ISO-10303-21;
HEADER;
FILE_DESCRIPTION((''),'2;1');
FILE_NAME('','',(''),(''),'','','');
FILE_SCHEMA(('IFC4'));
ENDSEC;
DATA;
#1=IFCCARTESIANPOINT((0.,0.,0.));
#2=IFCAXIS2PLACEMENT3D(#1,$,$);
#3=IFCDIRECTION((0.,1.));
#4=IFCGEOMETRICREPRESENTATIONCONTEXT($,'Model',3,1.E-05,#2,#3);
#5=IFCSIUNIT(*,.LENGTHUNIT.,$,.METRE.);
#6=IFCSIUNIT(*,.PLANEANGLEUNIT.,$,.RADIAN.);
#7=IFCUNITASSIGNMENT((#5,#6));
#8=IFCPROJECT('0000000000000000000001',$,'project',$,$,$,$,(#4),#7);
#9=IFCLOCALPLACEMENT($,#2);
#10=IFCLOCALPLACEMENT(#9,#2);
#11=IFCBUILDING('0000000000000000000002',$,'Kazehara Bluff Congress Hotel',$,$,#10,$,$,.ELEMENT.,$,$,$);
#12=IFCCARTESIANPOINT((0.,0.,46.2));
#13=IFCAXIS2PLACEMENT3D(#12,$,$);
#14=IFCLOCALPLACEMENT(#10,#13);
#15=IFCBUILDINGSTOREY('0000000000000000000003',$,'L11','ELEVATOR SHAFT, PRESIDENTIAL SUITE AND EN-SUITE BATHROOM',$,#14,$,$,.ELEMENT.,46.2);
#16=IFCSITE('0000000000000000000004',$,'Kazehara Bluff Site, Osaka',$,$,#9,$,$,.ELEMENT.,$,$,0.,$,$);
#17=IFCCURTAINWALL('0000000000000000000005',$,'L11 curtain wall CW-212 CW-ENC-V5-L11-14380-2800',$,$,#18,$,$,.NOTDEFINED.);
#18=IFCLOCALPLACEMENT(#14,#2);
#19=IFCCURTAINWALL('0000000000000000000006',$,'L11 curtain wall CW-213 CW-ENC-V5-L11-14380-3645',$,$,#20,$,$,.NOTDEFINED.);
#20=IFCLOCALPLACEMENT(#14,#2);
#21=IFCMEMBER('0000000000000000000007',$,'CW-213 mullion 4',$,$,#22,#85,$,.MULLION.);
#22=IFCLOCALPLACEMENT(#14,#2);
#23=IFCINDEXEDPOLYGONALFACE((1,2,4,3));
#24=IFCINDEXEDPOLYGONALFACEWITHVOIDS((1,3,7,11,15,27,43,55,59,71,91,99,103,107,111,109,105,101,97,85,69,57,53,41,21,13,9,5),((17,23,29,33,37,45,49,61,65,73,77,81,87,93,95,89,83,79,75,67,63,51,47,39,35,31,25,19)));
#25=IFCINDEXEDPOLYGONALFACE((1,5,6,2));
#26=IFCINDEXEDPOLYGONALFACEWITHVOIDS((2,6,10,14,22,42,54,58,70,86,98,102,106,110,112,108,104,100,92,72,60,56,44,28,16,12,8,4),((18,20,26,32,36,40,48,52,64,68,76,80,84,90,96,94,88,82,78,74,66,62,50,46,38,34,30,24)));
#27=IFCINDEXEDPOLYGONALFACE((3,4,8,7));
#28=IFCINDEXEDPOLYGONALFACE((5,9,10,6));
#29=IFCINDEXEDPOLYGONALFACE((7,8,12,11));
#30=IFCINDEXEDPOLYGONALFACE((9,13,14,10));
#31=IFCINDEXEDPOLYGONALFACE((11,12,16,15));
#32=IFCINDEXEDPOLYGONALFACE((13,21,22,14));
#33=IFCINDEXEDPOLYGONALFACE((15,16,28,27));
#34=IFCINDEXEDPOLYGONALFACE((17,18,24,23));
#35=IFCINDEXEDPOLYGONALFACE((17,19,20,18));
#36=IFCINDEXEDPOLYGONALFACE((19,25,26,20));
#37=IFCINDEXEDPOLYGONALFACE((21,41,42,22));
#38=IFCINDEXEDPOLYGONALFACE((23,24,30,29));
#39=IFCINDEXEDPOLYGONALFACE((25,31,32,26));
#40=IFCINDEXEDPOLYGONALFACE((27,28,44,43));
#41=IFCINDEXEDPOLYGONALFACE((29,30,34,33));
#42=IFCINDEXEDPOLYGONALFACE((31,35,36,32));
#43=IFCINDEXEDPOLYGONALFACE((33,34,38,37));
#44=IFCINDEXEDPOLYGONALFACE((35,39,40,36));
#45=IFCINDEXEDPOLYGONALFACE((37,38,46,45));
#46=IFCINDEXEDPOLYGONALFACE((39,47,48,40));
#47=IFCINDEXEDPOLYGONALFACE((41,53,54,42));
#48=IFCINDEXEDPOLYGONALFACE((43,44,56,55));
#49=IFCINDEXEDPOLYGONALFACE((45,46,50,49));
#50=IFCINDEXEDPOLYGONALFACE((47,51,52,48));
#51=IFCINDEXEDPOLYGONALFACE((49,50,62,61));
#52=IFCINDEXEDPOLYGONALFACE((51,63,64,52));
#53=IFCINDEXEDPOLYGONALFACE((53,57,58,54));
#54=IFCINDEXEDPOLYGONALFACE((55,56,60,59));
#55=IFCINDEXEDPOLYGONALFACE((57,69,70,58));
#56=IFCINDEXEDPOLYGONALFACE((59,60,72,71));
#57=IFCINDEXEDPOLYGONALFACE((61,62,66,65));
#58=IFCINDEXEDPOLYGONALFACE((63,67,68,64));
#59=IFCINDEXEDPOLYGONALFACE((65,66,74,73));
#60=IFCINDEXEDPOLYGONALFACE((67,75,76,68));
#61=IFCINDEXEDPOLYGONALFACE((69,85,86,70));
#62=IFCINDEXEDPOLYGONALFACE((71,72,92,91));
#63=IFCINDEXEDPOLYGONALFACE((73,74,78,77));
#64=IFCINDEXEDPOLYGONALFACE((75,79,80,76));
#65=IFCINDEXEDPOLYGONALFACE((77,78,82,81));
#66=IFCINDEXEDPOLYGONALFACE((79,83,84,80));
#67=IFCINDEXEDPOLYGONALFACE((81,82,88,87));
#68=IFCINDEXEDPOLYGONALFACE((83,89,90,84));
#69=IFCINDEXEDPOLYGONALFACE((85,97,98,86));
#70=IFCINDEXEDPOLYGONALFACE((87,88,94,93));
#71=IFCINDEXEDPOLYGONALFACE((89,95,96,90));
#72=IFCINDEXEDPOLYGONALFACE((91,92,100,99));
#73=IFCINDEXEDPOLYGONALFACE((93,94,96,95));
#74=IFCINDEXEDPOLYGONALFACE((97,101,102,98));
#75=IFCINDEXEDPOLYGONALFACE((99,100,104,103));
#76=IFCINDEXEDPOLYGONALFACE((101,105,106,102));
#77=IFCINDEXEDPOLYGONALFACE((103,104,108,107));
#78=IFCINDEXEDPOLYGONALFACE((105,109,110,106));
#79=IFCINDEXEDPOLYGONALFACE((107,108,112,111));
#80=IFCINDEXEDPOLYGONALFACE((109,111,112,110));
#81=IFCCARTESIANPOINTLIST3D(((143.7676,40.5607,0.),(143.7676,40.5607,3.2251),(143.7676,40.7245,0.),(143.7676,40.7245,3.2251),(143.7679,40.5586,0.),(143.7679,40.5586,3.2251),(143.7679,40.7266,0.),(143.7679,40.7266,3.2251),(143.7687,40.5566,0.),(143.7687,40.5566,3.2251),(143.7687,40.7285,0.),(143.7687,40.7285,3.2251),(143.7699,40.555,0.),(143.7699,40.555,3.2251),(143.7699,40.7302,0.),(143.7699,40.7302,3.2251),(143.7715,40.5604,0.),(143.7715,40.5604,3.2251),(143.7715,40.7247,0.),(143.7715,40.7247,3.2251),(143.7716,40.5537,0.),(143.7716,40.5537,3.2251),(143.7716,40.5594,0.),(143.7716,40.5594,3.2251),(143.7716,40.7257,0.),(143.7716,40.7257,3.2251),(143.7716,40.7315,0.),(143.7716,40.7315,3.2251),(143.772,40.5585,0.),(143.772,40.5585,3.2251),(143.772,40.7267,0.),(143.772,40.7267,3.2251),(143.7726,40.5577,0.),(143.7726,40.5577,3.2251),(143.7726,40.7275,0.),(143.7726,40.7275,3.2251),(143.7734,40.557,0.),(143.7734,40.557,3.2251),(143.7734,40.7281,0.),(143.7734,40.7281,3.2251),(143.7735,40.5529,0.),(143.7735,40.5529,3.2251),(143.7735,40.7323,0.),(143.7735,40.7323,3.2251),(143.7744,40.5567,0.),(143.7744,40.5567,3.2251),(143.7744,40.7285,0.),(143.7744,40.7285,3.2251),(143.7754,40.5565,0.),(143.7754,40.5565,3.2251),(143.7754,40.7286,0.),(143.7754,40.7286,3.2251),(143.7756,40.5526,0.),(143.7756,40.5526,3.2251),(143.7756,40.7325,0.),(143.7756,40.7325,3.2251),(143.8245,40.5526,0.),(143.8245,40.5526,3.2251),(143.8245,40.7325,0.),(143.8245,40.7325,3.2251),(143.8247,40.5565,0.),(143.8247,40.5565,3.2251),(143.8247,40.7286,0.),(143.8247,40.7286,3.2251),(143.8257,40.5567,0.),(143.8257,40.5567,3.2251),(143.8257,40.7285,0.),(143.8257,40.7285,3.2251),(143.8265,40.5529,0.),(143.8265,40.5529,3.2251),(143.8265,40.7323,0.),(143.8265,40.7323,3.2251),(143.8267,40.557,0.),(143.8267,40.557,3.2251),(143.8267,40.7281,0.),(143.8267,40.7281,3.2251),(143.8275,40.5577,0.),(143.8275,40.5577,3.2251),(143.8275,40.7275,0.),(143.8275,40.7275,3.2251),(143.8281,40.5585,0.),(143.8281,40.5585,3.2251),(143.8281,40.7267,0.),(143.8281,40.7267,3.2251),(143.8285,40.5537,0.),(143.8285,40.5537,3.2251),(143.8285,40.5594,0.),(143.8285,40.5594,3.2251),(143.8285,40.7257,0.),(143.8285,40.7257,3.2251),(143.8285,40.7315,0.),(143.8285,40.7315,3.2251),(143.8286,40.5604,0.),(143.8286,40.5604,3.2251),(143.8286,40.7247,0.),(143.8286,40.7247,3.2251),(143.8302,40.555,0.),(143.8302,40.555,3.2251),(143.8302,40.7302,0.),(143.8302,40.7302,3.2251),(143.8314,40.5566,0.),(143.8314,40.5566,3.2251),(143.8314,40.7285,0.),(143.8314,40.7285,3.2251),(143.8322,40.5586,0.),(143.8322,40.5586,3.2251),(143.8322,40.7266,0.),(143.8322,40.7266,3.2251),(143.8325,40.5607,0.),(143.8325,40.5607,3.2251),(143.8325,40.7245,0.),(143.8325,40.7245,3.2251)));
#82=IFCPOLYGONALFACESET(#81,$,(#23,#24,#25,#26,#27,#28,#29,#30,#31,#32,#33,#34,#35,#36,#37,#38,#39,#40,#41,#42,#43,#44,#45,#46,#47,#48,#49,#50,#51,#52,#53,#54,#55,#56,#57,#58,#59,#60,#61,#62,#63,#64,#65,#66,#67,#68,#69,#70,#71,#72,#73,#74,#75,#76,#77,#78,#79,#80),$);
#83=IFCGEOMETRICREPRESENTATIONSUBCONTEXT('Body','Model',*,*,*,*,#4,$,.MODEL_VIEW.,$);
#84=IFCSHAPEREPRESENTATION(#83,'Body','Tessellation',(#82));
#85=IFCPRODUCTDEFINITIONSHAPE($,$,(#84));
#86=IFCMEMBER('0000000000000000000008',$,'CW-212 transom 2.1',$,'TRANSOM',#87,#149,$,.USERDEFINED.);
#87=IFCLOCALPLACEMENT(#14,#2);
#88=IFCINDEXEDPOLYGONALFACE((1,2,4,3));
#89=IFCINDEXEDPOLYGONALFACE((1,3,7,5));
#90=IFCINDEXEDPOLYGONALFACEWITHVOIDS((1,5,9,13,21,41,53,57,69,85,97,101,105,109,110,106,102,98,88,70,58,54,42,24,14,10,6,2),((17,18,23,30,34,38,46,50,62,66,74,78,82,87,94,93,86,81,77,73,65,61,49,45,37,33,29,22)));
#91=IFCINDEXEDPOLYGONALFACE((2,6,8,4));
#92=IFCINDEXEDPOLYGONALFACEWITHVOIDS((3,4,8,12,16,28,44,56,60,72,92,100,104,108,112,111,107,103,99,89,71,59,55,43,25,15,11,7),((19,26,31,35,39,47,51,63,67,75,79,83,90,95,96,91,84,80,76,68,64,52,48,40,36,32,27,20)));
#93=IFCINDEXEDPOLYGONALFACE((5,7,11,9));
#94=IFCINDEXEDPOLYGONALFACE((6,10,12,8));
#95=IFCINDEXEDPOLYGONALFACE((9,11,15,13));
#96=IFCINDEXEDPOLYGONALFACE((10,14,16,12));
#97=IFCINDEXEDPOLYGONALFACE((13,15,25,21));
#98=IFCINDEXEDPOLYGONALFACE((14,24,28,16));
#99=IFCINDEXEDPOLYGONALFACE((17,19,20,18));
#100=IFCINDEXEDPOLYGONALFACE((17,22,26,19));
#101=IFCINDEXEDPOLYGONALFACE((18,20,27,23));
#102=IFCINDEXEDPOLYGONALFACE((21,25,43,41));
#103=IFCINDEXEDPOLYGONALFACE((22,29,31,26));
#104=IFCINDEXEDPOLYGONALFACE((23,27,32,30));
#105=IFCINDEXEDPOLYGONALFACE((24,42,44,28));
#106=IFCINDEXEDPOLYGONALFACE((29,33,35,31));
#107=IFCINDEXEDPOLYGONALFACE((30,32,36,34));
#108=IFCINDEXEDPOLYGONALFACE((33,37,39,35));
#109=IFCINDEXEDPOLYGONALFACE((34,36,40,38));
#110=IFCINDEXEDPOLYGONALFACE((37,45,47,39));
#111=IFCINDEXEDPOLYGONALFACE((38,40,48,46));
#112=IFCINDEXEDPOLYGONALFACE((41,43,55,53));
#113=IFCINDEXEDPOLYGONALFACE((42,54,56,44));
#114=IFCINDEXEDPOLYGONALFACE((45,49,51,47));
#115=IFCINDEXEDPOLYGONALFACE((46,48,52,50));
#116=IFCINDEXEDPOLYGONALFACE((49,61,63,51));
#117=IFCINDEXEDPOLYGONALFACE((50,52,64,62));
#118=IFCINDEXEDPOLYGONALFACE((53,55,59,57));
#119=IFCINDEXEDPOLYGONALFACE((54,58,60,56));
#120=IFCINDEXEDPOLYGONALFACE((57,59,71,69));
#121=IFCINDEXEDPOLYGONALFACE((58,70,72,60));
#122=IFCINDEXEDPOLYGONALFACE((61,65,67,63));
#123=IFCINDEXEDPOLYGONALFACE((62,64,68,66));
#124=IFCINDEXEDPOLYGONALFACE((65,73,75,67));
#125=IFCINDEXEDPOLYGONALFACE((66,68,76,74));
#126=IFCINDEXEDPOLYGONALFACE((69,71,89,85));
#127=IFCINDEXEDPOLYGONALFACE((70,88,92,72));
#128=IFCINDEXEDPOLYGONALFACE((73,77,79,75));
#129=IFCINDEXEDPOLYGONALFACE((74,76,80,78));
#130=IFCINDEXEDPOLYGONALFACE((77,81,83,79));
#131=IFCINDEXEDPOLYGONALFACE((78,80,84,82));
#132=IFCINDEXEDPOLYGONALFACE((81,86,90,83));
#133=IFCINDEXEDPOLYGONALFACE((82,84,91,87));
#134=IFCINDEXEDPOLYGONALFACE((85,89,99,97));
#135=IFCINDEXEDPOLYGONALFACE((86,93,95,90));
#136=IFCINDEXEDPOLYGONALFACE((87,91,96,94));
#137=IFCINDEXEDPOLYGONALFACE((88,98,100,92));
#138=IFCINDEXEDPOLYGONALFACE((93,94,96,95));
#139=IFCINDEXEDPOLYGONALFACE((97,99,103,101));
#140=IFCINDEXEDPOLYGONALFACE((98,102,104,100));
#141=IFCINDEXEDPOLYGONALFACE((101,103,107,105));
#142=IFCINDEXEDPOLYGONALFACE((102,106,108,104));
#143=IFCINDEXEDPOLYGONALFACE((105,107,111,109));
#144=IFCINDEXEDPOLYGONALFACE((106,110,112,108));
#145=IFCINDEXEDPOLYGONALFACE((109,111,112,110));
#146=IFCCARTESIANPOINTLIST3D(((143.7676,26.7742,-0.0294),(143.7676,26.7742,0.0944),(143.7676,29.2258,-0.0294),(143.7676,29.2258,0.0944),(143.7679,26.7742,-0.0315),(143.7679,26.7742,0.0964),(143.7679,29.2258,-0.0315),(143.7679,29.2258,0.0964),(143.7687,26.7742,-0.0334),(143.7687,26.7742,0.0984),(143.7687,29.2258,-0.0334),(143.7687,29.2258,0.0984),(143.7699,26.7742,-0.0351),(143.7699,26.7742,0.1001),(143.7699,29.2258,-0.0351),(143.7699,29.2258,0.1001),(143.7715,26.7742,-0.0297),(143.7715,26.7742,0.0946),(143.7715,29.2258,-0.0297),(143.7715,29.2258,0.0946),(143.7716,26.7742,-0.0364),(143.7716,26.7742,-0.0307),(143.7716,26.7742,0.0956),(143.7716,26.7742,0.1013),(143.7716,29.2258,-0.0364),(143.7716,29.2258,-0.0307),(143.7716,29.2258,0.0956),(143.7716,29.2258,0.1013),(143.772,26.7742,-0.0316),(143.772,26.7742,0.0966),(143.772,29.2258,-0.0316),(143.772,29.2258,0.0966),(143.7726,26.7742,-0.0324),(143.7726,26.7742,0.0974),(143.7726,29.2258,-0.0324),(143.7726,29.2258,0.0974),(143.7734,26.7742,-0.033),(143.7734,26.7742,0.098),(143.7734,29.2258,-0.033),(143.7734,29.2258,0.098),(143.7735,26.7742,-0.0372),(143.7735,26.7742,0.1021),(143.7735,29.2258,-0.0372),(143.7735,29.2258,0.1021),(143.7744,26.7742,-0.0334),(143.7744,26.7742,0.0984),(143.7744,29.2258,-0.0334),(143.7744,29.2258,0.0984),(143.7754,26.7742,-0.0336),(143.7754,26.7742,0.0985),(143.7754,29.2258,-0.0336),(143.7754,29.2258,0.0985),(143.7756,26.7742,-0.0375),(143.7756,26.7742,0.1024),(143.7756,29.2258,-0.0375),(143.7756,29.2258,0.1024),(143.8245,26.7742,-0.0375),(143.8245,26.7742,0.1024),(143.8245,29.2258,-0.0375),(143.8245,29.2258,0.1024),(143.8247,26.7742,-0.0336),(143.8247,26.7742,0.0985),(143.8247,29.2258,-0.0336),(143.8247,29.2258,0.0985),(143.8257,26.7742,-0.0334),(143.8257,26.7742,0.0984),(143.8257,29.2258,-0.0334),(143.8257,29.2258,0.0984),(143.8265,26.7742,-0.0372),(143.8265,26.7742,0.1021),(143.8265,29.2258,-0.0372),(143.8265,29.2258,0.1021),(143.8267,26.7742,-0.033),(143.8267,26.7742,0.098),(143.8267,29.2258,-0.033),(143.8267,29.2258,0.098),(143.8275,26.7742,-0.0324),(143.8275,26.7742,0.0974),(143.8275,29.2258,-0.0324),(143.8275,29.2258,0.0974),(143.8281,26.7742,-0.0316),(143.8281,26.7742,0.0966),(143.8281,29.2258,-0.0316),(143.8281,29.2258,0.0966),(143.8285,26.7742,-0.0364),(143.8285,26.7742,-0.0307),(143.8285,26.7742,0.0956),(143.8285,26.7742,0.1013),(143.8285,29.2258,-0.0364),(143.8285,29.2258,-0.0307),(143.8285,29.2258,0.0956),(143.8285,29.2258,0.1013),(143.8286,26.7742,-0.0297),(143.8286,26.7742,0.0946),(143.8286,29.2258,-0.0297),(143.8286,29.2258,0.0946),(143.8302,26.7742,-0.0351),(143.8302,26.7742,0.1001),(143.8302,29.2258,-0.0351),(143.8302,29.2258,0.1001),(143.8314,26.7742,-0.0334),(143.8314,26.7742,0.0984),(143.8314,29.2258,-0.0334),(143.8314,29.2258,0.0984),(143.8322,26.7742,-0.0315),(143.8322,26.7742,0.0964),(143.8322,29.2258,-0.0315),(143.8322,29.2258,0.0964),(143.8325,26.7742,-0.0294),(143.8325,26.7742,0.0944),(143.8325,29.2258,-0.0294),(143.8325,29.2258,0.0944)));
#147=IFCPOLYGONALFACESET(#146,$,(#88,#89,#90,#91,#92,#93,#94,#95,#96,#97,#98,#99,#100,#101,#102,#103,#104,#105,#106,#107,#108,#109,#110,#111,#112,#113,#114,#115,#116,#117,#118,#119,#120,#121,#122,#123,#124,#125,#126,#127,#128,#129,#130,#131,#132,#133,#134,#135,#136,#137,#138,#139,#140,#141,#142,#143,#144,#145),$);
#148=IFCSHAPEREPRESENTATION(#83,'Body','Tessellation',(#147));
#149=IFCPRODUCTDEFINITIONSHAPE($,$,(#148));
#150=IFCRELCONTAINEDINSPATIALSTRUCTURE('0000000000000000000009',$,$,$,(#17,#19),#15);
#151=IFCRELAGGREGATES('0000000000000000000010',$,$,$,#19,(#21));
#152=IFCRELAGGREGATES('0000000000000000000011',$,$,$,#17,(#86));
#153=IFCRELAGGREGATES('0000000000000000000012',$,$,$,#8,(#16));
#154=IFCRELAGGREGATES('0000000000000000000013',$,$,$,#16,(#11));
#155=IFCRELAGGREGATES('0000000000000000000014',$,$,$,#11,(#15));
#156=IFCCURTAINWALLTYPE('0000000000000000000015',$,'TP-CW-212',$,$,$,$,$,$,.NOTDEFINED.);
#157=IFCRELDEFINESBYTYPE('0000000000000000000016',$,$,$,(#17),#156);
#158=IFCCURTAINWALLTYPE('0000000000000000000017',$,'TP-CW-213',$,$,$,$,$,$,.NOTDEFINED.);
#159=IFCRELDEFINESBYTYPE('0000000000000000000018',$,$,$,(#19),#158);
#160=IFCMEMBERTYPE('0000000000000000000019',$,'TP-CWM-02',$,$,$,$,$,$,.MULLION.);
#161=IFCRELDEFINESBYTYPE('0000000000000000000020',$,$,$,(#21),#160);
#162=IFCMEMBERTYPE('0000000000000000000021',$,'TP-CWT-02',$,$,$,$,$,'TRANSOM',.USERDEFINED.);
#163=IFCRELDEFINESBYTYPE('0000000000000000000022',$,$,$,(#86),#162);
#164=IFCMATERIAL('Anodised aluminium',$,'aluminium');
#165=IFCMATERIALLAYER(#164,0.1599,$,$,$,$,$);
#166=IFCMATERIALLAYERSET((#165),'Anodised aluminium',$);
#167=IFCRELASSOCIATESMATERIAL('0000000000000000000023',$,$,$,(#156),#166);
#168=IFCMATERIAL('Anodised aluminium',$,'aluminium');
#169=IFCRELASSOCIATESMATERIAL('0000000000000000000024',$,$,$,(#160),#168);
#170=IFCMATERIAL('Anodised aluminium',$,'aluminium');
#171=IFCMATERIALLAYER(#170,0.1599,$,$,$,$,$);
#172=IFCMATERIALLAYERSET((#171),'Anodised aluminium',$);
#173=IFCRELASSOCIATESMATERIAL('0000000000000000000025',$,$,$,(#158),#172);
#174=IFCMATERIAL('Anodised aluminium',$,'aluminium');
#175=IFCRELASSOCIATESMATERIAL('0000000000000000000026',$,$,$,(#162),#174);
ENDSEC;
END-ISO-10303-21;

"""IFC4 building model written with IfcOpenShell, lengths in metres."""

from ifc_helpers import new_model, si_unit, direction, frame, origin, origin_2d, place, context, subcontext, project, spatial, hollow_rectangle, extrude, material, layer, layer_set, material_profile, profile_set, type_object, element, aggregate, save


model = new_model("IFC4")

# Units and contexts
model_context = context("Model", 3, precision=1e-05, world=origin(), true_north=direction((0.0, 1.0)))
body_context = subcontext(model_context, "Body", "Model", "MODEL_VIEW")
ifc_project = project(units=[si_unit("LENGTHUNIT", "METRE"), si_unit("PLANEANGLEUNIT", "RADIAN")], contexts=[model_context])

# Site, building, storey
site_placement = place(None, origin())
site = spatial("IfcSite", under=ifc_project, at=site_placement, Name="Kazehara Bluff Site, Osaka", CompositionType="ELEMENT", RefElevation=0.0)
building_placement = place(site_placement, origin())
building = spatial("IfcBuilding", under=site, at=building_placement, Name="Kazehara Bluff Congress Hotel", CompositionType="ELEMENT")
storey_placement = place(building_placement, frame((0.0, 0.0, 46.2)))
storey = spatial("IfcBuildingStorey", under=building, at=storey_placement, Name="L11", Description="ELEVATOR SHAFT, PRESIDENTIAL SUITE AND EN-SUITE BATHROOM", CompositionType="ELEMENT", Elevation=46.2)

# Curtain walls, member
ifc_material_1 = material(Name="Anodised aluminium", Category="aluminium")
ifc_layer_1 = layer(ifc_material_1, 0.1599)
ifc_layer_set_1 = layer_set([ifc_layer_1], Name="Anodised aluminium")
curtain_wall_type_1 = type_object("IfcCurtainWallType", Name="TP-CW-212", PredefinedType="NOTDEFINED", material=ifc_layer_set_1)
curtain_wall_1_placement = place(storey_placement, origin())
curtain_wall_1 = element("IfcCurtainWall", 1, at=curtain_wall_1_placement, inside=storey, type_object=curtain_wall_type_1, Name="L11 curtain wall CW-212 CW-ENC-V5-L11-14380-2800", PredefinedType="NOTDEFINED")
ifc_material_2 = material(Name="Anodised aluminium", Category="aluminium")
ifc_material_profile_1 = material_profile(ifc_material_2, hollow_rectangle(XDim=0.0649, YDim=0.1799, WallThickness=0.0039, InnerFilletRadius=0.0039, OuterFilletRadius=0.0081, at=origin_2d()))
ifc_profile_set_1 = profile_set([ifc_material_profile_1], Name="Anodised aluminium")
member_type_1 = type_object("IfcMemberType", Name="TP-CWM-02", PredefinedType="MULLION", material=ifc_profile_set_1)
ifc_material_3 = material(Name="Anodised aluminium", Category="aluminium")
ifc_layer_2 = layer(ifc_material_3, 0.1599)
ifc_layer_set_2 = layer_set([ifc_layer_2], Name="Anodised aluminium")
curtain_wall_type_2 = type_object("IfcCurtainWallType", Name="TP-CW-213", PredefinedType="NOTDEFINED", material=ifc_layer_set_2)
curtain_wall_2_placement = place(storey_placement, origin())
curtain_wall_2 = element("IfcCurtainWall", 2, at=curtain_wall_2_placement, inside=storey, type_object=curtain_wall_type_2, Name="L11 curtain wall CW-213 CW-ENC-V5-L11-14380-3645", PredefinedType="NOTDEFINED")
member_1_placement = place(storey_placement, frame((143.8, 40.6426, 0.0), z_axis=(0.0, 0.0, 1.0), x_axis=(-1.0, 0.0, 0.0)))
member_1 = element("IfcMember", 3, at=member_1_placement, type_object=member_type_1, Name="CW-213 mullion 4", PredefinedType="MULLION", context=body_context, shape_type="SweptSolid", body=[
    extrude(hollow_rectangle(XDim=0.0649, YDim=0.1799, WallThickness=0.0039, InnerFilletRadius=0.0039, OuterFilletRadius=0.0081, at=origin_2d()), origin(), (0.0, 0.0, 1.0), 3.2251),
])

# Member
ifc_material_4 = material(Name="Anodised aluminium", Category="aluminium")
ifc_material_profile_2 = material_profile(ifc_material_4, hollow_rectangle(XDim=0.0649, YDim=0.1399, WallThickness=0.0039, InnerFilletRadius=0.0039, OuterFilletRadius=0.0081, at=origin_2d()))
ifc_profile_set_2 = profile_set([ifc_material_profile_2], Name="Anodised aluminium")
member_type_2 = type_object("IfcMemberType", Name="TP-CWT-02", ElementType="TRANSOM", PredefinedType="USERDEFINED", material=ifc_profile_set_2)
member_2_placement = place(storey_placement, frame((143.8, 26.7742, 0.0325), z_axis=(0.0, 1.0, 0.0), x_axis=(-1.0, 0.0, 0.0)))
member_2 = element("IfcMember", 4, at=member_2_placement, type_object=member_type_2, Name="CW-212 transom 2.1", ObjectType="TRANSOM", PredefinedType="USERDEFINED", context=body_context, shape_type="SweptSolid", body=[
    extrude(hollow_rectangle(XDim=0.0649, YDim=0.1399, WallThickness=0.0039, InnerFilletRadius=0.0039, OuterFilletRadius=0.0081, at=origin_2d()), origin(), (0.0, 0.0, 1.0), 2.4517),
])
aggregate(curtain_wall_2, [member_1])

aggregate(curtain_wall_1, [member_2])

save(model, "model.ifc")
